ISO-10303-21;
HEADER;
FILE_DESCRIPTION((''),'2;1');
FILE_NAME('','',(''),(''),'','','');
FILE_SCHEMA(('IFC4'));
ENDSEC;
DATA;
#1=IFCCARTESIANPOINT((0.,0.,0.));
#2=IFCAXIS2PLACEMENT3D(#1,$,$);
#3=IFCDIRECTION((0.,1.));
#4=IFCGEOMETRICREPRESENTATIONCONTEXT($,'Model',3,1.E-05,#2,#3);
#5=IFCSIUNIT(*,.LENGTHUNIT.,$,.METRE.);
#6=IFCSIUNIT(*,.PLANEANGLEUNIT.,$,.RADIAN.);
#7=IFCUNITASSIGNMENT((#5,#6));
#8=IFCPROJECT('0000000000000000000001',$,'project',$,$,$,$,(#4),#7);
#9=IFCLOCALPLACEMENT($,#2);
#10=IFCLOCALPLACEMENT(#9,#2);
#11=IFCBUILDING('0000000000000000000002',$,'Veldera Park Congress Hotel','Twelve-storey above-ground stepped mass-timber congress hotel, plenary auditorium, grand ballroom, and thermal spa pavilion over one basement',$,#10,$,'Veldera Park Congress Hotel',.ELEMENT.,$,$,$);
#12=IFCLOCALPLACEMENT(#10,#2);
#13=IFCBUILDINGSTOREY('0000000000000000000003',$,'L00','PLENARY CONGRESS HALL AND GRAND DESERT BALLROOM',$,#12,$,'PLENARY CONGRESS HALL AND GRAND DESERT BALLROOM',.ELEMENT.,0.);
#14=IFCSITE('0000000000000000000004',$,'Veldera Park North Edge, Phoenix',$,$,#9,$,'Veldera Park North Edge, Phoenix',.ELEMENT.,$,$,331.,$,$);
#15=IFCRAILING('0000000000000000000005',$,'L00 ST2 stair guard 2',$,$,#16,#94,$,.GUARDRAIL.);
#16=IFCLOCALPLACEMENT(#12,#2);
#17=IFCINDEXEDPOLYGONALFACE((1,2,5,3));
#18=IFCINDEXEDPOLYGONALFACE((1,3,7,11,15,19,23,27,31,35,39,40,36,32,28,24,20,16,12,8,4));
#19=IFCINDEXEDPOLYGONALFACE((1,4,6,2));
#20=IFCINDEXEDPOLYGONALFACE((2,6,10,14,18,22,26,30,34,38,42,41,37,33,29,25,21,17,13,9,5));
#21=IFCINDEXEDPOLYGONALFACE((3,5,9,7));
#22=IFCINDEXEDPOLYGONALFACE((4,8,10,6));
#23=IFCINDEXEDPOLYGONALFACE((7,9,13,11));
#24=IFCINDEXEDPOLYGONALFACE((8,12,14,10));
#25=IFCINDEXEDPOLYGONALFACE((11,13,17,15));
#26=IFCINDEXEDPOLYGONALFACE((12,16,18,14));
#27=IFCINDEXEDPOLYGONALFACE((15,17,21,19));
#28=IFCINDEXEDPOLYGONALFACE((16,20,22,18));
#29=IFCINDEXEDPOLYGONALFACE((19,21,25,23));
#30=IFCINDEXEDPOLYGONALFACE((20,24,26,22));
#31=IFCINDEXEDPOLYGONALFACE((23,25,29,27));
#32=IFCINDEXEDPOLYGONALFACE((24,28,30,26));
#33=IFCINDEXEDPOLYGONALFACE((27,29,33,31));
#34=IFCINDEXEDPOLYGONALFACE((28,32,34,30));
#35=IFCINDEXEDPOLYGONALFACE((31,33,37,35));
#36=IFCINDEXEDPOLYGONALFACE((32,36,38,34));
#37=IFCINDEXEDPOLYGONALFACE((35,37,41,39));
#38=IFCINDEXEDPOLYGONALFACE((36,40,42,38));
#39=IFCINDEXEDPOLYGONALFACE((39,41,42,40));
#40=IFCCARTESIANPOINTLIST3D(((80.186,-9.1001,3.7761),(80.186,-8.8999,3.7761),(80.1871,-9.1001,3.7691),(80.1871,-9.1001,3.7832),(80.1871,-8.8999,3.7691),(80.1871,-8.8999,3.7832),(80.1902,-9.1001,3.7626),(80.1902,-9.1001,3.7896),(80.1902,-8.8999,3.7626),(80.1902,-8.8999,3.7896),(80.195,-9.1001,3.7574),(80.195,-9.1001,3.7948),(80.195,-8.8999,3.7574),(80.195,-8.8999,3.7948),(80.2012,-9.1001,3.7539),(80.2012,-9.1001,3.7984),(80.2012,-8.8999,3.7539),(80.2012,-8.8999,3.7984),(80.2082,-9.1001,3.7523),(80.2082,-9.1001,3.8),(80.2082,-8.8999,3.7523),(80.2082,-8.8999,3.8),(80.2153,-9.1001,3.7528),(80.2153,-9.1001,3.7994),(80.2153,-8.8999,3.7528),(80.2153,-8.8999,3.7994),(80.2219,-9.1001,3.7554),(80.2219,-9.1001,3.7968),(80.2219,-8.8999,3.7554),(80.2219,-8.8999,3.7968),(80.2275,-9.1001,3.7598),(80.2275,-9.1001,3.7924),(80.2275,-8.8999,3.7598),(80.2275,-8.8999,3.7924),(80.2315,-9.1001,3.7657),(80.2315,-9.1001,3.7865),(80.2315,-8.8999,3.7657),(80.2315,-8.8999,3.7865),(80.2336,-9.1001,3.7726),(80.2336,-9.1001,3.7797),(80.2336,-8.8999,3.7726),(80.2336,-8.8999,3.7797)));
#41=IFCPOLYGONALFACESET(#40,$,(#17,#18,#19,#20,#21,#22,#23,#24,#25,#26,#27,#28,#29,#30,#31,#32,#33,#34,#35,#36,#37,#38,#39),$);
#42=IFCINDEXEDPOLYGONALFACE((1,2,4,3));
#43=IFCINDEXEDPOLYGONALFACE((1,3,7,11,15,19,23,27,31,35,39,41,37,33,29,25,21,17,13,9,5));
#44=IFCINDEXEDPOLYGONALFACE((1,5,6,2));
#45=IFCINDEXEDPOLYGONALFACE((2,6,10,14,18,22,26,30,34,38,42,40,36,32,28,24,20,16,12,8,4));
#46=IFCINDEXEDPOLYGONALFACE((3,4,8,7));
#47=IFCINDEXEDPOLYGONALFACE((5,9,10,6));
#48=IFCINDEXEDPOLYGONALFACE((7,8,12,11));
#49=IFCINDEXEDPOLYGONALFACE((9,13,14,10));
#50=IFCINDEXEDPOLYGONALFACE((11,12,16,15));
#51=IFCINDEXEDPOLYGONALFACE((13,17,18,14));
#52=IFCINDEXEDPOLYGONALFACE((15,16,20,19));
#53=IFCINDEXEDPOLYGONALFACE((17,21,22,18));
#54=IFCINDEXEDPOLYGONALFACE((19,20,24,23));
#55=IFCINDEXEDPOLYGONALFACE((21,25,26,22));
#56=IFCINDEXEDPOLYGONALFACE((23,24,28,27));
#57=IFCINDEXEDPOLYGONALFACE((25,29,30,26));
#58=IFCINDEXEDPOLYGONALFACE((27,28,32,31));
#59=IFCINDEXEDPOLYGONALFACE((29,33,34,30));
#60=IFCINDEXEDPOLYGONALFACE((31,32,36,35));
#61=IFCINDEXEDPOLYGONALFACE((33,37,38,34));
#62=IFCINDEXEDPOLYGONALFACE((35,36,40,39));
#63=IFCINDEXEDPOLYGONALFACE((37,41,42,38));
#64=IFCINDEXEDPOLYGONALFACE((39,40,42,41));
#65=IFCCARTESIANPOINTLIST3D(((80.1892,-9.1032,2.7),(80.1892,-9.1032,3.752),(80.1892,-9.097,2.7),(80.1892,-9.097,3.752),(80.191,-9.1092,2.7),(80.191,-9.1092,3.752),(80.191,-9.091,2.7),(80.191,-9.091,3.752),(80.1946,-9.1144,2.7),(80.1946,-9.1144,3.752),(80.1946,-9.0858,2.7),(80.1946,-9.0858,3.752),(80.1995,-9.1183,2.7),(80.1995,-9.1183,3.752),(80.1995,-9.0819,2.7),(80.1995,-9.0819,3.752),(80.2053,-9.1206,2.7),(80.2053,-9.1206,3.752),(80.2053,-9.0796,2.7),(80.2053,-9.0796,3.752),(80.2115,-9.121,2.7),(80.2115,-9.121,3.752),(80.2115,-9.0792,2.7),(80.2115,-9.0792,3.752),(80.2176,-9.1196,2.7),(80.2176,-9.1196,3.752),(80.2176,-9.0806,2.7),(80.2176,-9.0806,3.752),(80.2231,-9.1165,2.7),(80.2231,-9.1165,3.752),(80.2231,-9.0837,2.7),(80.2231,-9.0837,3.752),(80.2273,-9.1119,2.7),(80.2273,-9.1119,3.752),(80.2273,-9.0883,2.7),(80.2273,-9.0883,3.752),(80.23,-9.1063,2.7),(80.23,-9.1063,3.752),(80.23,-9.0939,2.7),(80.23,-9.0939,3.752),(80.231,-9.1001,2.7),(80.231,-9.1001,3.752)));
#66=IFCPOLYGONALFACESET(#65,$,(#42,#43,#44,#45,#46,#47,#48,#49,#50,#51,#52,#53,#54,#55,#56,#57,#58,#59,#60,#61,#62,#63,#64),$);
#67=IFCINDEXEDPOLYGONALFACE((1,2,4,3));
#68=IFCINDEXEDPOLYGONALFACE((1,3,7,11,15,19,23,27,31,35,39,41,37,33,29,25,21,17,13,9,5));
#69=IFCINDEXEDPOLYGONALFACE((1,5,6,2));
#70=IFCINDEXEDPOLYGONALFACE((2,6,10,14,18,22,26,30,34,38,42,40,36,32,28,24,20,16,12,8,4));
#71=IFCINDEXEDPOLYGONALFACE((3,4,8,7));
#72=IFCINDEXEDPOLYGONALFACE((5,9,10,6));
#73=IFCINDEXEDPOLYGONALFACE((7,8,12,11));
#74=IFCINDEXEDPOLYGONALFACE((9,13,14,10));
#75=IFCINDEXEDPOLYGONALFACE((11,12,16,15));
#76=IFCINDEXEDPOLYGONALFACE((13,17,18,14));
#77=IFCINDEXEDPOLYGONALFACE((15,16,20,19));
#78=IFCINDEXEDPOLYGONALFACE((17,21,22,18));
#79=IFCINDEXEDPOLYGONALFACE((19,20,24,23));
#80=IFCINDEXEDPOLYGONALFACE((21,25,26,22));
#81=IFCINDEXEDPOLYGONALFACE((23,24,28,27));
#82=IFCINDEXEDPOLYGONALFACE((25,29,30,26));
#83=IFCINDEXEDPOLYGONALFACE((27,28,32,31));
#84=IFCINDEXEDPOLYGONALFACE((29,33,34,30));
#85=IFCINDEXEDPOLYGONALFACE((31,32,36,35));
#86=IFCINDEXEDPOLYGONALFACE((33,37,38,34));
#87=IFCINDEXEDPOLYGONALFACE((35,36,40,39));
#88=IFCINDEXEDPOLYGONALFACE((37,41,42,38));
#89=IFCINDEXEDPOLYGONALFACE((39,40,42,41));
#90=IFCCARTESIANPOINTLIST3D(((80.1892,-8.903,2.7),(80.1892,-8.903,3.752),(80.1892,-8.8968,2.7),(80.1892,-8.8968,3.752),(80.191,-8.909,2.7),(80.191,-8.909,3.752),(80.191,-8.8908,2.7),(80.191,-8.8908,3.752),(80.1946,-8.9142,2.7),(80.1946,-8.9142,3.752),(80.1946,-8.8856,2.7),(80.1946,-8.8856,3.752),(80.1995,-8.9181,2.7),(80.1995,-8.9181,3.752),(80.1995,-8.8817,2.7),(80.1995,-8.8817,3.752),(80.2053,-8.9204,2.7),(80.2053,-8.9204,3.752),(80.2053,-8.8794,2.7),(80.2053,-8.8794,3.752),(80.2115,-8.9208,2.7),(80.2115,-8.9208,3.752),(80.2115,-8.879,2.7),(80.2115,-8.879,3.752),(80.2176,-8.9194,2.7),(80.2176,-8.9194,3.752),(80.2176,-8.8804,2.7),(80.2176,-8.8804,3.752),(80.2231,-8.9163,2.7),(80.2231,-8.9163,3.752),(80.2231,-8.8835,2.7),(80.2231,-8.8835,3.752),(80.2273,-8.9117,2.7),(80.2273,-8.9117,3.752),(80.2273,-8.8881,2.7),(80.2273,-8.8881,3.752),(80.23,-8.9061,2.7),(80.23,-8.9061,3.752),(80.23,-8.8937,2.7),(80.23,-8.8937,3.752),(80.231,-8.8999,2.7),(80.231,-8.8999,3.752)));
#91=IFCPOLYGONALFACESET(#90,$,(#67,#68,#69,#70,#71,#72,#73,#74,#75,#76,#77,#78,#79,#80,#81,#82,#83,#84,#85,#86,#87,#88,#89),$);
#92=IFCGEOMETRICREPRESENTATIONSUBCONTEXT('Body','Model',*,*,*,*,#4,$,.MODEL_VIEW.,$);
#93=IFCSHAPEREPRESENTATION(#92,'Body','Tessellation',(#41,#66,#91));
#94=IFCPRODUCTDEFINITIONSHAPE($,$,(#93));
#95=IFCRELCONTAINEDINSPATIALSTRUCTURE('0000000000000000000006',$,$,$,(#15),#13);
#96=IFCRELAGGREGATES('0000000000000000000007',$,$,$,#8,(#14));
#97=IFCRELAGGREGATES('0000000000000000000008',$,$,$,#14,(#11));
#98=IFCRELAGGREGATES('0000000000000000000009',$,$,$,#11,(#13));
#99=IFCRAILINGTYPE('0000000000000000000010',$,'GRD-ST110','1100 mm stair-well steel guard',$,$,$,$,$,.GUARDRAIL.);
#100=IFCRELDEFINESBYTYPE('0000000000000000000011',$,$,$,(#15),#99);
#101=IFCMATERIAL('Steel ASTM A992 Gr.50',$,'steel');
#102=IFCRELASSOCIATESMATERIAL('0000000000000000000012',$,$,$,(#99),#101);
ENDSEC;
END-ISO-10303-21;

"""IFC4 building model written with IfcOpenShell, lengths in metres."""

from ifc_helpers import new_model, si_unit, direction, frame, origin, origin_2d, place, context, subcontext, project, spatial, circle, extrude, material, type_object, element, save


model = new_model("IFC4")

# Units and contexts
model_context = context("Model", 3, precision=1e-05, world=origin(), true_north=direction((0.0, 1.0)))
body_context = subcontext(model_context, "Body", "Model", "MODEL_VIEW")
ifc_project = project(units=[si_unit("LENGTHUNIT", "METRE"), si_unit("PLANEANGLEUNIT", "RADIAN")], contexts=[model_context])

# Site, building, storey
site_placement = place(None, origin())
site = spatial("IfcSite", under=ifc_project, at=site_placement, Name="Veldera Park North Edge, Phoenix", LongName="Veldera Park North Edge, Phoenix", CompositionType="ELEMENT", RefElevation=331.0)
building_placement = place(site_placement, origin())
building = spatial("IfcBuilding", under=site, at=building_placement, Name="Veldera Park Congress Hotel", Description="Twelve-storey above-ground stepped mass-timber congress hotel, plenary auditorium, grand ballroom, and thermal spa pavilion over one basement", LongName="Veldera Park Congress Hotel", CompositionType="ELEMENT")
storey_placement = place(building_placement, origin())
storey = spatial("IfcBuildingStorey", under=building, at=storey_placement, Name="L00", Description="PLENARY CONGRESS HALL AND GRAND DESERT BALLROOM", LongName="PLENARY CONGRESS HALL AND GRAND DESERT BALLROOM", CompositionType="ELEMENT", Elevation=0.0)

# Shared definitions
ifc_material_1 = material(Name="Steel ASTM A992 Gr.50", Category="steel")

# Railing
railing_type_1 = type_object("IfcRailingType", Name="GRD-ST110", Description="1100 mm stair-well steel guard", PredefinedType="GUARDRAIL", material=ifc_material_1)
railing_1_placement = place(storey_placement, frame((80.21, -9.1001, 2.7)))
element("IfcRailing", 1, at=railing_1_placement, inside=storey, type_object=railing_type_1, Name="L00 ST2 stair guard 2", PredefinedType="GUARDRAIL", context=body_context, shape_type="SweptSolid", body=[
    extrude(circle(Radius=0.0239, at=origin_2d()), frame((0.0, 0.0, 1.0762), z_axis=(0.0, 1.0, 0.0), x_axis=(-1.0, 0.0, 0.0)), (0.0, 0.0, 1.0), 0.2002),
    extrude(circle(Radius=0.021, at=origin_2d()), origin(), (0.0, 0.0, 1.0), 1.052),
    extrude(circle(Radius=0.021, at=origin_2d()), frame((0.0, 0.2002, 0.0)), (0.0, 0.0, 1.0), 1.052),
])

save(model, "model.ifc")
